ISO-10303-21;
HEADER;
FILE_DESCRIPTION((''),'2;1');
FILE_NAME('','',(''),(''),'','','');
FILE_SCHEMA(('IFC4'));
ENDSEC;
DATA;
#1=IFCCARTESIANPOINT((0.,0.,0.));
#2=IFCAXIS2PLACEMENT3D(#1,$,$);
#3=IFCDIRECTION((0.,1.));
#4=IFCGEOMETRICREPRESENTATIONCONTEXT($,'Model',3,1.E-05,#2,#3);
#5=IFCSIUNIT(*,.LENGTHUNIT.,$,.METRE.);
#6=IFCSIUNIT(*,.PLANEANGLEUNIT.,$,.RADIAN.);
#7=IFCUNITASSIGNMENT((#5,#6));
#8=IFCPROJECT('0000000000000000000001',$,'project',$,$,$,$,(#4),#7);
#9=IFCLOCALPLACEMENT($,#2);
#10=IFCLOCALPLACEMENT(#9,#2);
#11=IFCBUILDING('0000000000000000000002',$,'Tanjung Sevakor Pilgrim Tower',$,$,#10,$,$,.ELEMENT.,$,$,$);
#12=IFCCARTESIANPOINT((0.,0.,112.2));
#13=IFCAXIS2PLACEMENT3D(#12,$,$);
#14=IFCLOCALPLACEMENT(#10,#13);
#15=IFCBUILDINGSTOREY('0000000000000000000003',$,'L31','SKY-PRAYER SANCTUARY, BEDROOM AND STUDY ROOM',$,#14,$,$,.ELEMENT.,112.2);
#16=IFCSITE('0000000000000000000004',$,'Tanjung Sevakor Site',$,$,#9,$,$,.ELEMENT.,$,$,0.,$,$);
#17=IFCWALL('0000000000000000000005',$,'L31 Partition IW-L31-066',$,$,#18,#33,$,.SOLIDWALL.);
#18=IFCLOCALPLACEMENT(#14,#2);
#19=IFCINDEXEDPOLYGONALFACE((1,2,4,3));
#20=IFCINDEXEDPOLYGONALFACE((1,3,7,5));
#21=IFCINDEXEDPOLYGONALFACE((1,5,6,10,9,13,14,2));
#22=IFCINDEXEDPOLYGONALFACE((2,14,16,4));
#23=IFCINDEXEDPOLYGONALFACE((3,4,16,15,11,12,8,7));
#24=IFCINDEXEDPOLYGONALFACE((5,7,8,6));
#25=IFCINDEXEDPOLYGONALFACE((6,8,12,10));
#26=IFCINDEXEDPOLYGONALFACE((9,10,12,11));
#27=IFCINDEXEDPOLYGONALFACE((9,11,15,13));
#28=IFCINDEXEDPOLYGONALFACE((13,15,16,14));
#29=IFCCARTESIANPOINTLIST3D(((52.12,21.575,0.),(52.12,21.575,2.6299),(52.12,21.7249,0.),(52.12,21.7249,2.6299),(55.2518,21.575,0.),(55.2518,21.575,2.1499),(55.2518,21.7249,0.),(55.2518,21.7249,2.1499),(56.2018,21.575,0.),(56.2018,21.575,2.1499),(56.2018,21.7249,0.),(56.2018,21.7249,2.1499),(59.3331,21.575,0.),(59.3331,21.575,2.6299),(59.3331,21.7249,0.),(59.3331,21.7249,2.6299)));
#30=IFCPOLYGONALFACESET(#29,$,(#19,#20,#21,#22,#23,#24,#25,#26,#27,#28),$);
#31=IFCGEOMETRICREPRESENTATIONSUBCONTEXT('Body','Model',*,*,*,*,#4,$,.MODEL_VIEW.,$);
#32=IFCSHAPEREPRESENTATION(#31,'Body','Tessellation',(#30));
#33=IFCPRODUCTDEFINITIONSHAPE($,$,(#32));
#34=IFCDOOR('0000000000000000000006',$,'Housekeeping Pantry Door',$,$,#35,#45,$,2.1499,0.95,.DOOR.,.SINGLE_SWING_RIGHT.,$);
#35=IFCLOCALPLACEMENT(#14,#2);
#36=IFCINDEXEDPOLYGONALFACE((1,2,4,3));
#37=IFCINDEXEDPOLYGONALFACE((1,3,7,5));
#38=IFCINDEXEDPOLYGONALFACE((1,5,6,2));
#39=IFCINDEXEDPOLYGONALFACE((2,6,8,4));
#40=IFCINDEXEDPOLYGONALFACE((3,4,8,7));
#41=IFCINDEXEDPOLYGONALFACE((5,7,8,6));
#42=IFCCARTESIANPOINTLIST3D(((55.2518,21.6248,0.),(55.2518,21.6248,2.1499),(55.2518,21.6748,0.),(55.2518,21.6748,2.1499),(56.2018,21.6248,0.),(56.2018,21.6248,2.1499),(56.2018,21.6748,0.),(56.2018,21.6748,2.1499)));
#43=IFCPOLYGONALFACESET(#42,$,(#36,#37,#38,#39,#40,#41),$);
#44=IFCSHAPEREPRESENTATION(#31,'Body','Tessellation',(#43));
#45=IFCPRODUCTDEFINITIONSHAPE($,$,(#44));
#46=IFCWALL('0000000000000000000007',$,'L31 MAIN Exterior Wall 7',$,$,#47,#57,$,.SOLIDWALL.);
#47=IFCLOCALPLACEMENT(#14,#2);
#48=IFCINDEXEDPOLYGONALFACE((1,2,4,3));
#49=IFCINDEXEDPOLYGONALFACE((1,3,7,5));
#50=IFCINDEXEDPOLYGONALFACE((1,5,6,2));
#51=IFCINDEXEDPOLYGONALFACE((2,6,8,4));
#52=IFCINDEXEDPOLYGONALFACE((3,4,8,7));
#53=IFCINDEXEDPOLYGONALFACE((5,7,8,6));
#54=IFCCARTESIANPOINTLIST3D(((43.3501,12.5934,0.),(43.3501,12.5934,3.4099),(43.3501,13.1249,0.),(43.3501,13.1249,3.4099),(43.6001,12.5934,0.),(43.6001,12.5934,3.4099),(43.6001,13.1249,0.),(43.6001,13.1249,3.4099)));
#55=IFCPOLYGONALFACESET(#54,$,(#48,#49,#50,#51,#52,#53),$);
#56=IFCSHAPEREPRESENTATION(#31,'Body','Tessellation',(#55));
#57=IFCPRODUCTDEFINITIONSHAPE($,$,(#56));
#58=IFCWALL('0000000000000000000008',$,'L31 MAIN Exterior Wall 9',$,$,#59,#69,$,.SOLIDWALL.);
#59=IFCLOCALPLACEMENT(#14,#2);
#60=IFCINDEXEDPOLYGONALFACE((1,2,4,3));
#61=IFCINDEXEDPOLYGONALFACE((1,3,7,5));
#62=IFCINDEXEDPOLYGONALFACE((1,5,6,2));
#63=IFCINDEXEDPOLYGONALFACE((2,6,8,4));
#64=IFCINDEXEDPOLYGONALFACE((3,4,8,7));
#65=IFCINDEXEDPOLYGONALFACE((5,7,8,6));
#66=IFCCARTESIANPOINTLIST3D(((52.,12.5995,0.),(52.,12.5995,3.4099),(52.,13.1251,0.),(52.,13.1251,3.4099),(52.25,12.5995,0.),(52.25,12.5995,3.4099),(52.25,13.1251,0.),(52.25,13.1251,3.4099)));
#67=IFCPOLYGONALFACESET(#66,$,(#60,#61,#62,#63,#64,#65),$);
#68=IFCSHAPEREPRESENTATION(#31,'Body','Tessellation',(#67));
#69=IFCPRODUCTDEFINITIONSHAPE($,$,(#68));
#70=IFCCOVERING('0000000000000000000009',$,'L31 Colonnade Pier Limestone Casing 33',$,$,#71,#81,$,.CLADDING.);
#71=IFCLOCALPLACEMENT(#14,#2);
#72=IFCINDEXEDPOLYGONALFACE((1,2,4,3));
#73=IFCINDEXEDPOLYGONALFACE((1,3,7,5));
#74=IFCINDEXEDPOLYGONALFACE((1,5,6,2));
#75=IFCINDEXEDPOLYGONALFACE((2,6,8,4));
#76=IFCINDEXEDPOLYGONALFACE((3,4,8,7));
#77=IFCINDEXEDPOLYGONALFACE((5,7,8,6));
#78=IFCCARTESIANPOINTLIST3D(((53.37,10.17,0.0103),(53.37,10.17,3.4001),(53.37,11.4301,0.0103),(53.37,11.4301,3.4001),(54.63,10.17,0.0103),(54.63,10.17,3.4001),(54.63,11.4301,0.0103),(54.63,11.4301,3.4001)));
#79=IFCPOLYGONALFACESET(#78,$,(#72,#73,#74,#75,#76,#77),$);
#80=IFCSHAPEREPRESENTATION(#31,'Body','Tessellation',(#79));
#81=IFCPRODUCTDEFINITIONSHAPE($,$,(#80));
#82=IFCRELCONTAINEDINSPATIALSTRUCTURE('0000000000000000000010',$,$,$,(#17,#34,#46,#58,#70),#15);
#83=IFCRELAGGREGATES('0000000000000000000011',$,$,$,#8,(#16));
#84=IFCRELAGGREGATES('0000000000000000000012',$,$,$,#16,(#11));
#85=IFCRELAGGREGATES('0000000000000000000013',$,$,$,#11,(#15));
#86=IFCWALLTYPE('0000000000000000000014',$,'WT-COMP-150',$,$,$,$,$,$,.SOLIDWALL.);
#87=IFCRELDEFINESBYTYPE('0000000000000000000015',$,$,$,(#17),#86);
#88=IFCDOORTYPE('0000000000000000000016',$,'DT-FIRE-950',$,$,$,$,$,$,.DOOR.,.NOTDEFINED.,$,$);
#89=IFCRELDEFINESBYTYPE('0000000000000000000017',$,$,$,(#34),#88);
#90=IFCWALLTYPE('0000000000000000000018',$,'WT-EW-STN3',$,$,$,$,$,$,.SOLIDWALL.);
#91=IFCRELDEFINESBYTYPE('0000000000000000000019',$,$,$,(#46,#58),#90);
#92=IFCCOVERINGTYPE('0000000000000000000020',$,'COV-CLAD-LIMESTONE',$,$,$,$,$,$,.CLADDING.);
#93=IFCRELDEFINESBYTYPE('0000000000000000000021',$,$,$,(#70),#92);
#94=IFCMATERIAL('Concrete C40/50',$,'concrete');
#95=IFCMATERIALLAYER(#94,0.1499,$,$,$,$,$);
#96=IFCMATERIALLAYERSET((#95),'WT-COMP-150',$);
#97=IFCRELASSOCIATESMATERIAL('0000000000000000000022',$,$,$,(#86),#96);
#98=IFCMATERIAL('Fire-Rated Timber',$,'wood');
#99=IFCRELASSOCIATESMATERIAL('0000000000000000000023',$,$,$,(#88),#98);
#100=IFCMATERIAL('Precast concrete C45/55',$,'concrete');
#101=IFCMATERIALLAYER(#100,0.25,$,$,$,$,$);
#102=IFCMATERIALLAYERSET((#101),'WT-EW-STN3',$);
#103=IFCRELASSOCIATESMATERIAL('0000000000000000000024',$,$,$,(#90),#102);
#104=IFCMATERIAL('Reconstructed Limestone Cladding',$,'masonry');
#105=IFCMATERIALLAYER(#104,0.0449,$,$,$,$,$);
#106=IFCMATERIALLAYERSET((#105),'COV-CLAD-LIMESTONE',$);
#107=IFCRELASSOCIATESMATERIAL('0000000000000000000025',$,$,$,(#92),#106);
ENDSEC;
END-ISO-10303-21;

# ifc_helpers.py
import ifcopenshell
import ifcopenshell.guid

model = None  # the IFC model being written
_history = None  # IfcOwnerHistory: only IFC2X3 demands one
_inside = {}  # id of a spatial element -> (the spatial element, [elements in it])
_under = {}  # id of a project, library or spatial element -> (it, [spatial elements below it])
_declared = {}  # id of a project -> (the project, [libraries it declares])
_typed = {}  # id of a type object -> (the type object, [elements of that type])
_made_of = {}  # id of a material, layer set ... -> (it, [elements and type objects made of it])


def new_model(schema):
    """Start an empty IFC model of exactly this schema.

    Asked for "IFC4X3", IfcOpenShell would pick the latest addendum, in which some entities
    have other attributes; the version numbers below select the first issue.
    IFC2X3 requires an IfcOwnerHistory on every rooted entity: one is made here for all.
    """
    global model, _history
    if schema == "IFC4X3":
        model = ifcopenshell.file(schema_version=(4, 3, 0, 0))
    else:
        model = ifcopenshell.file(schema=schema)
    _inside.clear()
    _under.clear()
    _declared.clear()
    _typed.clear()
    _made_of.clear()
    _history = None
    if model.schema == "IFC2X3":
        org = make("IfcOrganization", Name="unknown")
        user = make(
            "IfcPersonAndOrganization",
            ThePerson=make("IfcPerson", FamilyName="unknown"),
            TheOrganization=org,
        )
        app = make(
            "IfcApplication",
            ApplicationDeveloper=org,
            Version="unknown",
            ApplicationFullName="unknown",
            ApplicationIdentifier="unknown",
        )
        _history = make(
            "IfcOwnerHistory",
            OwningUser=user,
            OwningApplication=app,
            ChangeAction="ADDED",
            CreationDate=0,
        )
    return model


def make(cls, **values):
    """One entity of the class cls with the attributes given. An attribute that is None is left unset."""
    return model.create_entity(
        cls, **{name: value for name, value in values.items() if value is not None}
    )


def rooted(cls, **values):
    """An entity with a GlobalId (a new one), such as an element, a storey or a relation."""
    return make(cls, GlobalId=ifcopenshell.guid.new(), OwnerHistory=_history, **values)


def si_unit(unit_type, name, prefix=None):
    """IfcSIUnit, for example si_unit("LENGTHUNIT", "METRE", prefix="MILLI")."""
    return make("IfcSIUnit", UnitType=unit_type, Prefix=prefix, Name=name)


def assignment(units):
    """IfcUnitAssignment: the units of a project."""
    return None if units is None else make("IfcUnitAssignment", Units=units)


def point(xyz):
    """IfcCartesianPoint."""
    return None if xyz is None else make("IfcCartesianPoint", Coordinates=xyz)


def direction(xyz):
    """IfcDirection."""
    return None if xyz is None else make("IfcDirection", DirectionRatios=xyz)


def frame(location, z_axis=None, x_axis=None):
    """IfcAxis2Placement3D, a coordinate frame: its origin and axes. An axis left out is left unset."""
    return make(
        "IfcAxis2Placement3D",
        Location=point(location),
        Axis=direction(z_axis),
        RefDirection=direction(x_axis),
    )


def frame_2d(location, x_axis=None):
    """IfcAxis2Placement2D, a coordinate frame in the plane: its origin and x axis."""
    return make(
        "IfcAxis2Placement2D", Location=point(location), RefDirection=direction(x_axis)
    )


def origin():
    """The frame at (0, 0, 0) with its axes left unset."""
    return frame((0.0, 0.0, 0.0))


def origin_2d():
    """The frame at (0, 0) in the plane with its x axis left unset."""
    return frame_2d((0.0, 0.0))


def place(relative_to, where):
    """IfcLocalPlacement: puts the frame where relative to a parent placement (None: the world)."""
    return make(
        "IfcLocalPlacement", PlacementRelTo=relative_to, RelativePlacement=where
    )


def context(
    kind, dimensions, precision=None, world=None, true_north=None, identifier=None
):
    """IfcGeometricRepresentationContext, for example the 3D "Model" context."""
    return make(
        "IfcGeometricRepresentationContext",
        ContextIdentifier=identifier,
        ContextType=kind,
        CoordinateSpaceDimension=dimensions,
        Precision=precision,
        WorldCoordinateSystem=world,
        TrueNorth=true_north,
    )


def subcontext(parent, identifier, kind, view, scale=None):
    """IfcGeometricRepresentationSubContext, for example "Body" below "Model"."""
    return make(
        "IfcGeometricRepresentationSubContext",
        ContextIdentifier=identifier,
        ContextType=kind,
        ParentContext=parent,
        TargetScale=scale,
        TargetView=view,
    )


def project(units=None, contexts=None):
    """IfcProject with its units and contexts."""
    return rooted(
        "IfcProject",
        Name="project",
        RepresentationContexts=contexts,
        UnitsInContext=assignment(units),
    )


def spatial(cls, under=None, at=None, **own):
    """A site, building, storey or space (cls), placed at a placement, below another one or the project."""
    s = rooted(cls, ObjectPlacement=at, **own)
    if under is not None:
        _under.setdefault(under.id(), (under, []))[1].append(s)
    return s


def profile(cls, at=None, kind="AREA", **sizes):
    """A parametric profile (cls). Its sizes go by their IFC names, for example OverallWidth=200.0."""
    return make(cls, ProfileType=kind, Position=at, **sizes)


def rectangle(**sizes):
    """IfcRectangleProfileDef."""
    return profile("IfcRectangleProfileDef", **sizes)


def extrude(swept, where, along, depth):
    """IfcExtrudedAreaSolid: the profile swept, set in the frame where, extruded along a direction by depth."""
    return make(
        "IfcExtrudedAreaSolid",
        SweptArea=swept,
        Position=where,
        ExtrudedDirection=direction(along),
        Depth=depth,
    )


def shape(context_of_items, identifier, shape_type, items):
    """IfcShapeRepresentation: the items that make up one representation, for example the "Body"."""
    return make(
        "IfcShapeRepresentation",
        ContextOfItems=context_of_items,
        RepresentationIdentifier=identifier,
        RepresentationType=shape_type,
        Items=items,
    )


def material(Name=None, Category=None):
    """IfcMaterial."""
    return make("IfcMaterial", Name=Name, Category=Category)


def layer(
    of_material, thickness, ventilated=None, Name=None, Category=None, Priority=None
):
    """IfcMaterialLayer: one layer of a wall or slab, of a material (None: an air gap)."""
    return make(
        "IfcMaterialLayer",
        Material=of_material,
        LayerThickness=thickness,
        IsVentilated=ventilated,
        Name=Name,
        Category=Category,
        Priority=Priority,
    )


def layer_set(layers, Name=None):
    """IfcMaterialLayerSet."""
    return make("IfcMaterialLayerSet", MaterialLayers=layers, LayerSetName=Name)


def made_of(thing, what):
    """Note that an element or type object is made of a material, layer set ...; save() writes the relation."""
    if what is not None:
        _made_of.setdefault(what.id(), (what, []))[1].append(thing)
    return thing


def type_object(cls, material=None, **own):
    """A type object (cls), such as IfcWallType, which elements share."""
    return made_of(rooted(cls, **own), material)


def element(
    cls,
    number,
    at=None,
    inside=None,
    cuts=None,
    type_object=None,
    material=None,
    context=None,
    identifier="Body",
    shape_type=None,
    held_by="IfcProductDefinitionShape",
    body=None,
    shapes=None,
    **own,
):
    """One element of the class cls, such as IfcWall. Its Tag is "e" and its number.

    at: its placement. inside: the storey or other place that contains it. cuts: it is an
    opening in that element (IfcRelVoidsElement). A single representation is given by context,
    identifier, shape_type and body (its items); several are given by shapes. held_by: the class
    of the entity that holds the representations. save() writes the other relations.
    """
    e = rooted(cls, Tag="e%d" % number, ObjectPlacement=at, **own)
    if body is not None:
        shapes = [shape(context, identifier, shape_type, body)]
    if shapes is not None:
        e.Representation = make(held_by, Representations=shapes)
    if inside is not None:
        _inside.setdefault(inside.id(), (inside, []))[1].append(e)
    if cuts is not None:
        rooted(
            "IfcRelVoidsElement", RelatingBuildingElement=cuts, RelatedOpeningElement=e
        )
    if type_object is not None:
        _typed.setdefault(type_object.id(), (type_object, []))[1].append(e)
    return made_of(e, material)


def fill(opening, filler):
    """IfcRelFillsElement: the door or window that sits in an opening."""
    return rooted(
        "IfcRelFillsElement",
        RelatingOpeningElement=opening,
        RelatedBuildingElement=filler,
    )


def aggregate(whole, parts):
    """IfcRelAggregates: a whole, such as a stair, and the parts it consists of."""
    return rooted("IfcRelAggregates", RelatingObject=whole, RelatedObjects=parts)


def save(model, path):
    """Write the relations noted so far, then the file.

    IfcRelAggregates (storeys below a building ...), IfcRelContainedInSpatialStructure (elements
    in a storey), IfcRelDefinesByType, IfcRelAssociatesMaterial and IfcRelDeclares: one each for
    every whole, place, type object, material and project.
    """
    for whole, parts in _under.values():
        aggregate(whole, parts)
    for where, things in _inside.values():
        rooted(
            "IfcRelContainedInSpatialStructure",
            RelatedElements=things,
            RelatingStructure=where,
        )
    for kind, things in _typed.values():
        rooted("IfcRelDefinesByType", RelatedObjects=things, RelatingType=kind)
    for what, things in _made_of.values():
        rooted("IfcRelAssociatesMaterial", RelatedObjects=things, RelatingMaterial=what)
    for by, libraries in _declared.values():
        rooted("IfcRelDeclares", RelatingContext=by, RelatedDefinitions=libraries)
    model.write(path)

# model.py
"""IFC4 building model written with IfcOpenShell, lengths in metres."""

from ifc_helpers import new_model, si_unit, direction, frame, frame_2d, origin, origin_2d, place, context, subcontext, project, spatial, rectangle, extrude, material, layer, layer_set, type_object, element, fill, save


model = new_model("IFC4")

# Units and contexts
model_context = context("Model", 3, precision=1e-05, world=origin(), true_north=direction((0.0, 1.0)))
body_context = subcontext(model_context, "Body", "Model", "MODEL_VIEW")
ifc_project = project(units=[si_unit("LENGTHUNIT", "METRE"), si_unit("PLANEANGLEUNIT", "RADIAN")], contexts=[model_context])

# Site, building, storey
site_placement = place(None, origin())
site = spatial("IfcSite", under=ifc_project, at=site_placement, Name="Tanjung Sevakor Site", CompositionType="ELEMENT", RefElevation=0.0)
building_placement = place(site_placement, origin())
building = spatial("IfcBuilding", under=site, at=building_placement, Name="Tanjung Sevakor Pilgrim Tower", CompositionType="ELEMENT")
storey_placement = place(building_placement, frame((0.0, 0.0, 112.2)))
storey = spatial("IfcBuildingStorey", under=building, at=storey_placement, Name="L31", Description="SKY-PRAYER SANCTUARY, BEDROOM AND STUDY ROOM", CompositionType="ELEMENT", Elevation=112.2)

# Shared definitions
ifc_material_1 = material(Name="Concrete C40/50", Category="concrete")
ifc_layer_1 = layer(ifc_material_1, 0.1499)
ifc_layer_set_1 = layer_set([ifc_layer_1], Name="WT-COMP-150")
wall_type_1 = type_object("IfcWallType", Name="WT-COMP-150", PredefinedType="SOLIDWALL", material=ifc_layer_set_1)

# Wall, opening, door
wall_1_placement = place(storey_placement, frame((52.1201, 21.6499, 0.0), z_axis=(0.0, 0.0, 1.0), x_axis=(1.0, 0.0, 0.0)))
wall_1 = element("IfcWall", 1, at=wall_1_placement, inside=storey, type_object=wall_type_1, Name="L31 Partition IW-L31-066", PredefinedType="SOLIDWALL", context=body_context, shape_type="SweptSolid", body=[
    extrude(rectangle(XDim=7.2131, YDim=0.1499, at=frame_2d((3.6064, 0.0))), origin(), (0.0, 0.0, 1.0), 2.6299),
])
opening_1_placement = place(wall_1_placement, frame((3.1316, 0.0, 0.0)))
opening_1 = element("IfcOpeningElement", 2, at=opening_1_placement, cuts=wall_1, PredefinedType="OPENING", context=body_context, shape_type="SweptSolid", body=[
    extrude(rectangle(XDim=0.95, YDim=2.1499, at=frame_2d((0.4751, 1.075))), frame((0.0, 0.085, 0.0), z_axis=(0.0, -1.0, 0.0), x_axis=(1.0, 0.0, 0.0)), (0.0, 0.0, 1.0), 0.1699),
])
ifc_material_2 = material(Name="Fire-Rated Timber", Category="wood")
door_type_1 = type_object("IfcDoorType", Name="DT-FIRE-950", OperationType="NOTDEFINED", PredefinedType="DOOR", material=ifc_material_2)
door_1_placement = place(opening_1_placement, origin())
door_1 = element("IfcDoor", 3, at=door_1_placement, inside=storey, type_object=door_type_1, Name="Housekeeping Pantry Door", OperationType="SINGLE_SWING_RIGHT", OverallHeight=2.1499, OverallWidth=0.95, PredefinedType="DOOR", context=body_context, shape_type="SweptSolid", body=[
    extrude(rectangle(XDim=0.95, YDim=2.1499, at=frame_2d((0.4751, 1.075))), frame((0.0, 0.0249, 0.0), z_axis=(0.0, -1.0, 0.0), x_axis=(1.0, 0.0, 0.0)), (0.0, 0.0, 1.0), 0.05),
])
fill(opening_1, door_1)

# Walls
ifc_material_3 = material(Name="Precast concrete C45/55", Category="concrete")
ifc_layer_2 = layer(ifc_material_3, 0.25)
ifc_layer_set_2 = layer_set([ifc_layer_2], Name="WT-EW-STN3")
wall_type_2 = type_object("IfcWallType", Name="WT-EW-STN3", PredefinedType="SOLIDWALL", material=ifc_layer_set_2)
wall_2_placement = place(storey_placement, frame((43.4751, 12.5935, 0.0), z_axis=(0.0, 0.0, 1.0), x_axis=(0.0, 1.0, 0.0)))
element("IfcWall", 4, at=wall_2_placement, inside=storey, type_object=wall_type_2, Name="L31 MAIN Exterior Wall 7", PredefinedType="SOLIDWALL", context=body_context, shape_type="SweptSolid", body=[
    extrude(rectangle(XDim=0.5315, YDim=0.25, at=frame_2d((0.2656, 0.0))), origin(), (0.0, 0.0, 1.0), 3.4099),
])
wall_3_placement = place(storey_placement, frame((52.125, 13.125, 0.0), z_axis=(0.0, 0.0, 1.0), x_axis=(0.0, -1.0, 0.0)))
element("IfcWall", 5, at=wall_3_placement, inside=storey, type_object=wall_type_2, Name="L31 MAIN Exterior Wall 9", PredefinedType="SOLIDWALL", context=body_context, shape_type="SweptSolid", body=[
    extrude(rectangle(XDim=0.5256, YDim=0.25, at=frame_2d((0.2627, 0.0))), origin(), (0.0, 0.0, 1.0), 3.4099),
])

# Covering
ifc_material_4 = material(Name="Reconstructed Limestone Cladding", Category="masonry")
ifc_layer_3 = layer(ifc_material_4, 0.0449)
ifc_layer_set_3 = layer_set([ifc_layer_3], Name="COV-CLAD-LIMESTONE")
covering_type = type_object("IfcCoveringType", Name="COV-CLAD-LIMESTONE", PredefinedType="CLADDING", material=ifc_layer_set_3)
covering_placement = place(storey_placement, frame((54.0, 10.8, 0.0103), z_axis=(0.0, 0.0, 1.0), x_axis=(1.0, 0.0, 0.0)))
element("IfcCovering", 6, at=covering_placement, inside=storey, type_object=covering_type, Name="L31 Colonnade Pier Limestone Casing 33", PredefinedType="CLADDING", context=body_context, shape_type="SweptSolid", body=[
    extrude(rectangle(XDim=1.26, YDim=1.26, at=origin_2d()), origin(), (0.0, 0.0, 1.0), 3.3899),
])

save(model, "model.ifc")
